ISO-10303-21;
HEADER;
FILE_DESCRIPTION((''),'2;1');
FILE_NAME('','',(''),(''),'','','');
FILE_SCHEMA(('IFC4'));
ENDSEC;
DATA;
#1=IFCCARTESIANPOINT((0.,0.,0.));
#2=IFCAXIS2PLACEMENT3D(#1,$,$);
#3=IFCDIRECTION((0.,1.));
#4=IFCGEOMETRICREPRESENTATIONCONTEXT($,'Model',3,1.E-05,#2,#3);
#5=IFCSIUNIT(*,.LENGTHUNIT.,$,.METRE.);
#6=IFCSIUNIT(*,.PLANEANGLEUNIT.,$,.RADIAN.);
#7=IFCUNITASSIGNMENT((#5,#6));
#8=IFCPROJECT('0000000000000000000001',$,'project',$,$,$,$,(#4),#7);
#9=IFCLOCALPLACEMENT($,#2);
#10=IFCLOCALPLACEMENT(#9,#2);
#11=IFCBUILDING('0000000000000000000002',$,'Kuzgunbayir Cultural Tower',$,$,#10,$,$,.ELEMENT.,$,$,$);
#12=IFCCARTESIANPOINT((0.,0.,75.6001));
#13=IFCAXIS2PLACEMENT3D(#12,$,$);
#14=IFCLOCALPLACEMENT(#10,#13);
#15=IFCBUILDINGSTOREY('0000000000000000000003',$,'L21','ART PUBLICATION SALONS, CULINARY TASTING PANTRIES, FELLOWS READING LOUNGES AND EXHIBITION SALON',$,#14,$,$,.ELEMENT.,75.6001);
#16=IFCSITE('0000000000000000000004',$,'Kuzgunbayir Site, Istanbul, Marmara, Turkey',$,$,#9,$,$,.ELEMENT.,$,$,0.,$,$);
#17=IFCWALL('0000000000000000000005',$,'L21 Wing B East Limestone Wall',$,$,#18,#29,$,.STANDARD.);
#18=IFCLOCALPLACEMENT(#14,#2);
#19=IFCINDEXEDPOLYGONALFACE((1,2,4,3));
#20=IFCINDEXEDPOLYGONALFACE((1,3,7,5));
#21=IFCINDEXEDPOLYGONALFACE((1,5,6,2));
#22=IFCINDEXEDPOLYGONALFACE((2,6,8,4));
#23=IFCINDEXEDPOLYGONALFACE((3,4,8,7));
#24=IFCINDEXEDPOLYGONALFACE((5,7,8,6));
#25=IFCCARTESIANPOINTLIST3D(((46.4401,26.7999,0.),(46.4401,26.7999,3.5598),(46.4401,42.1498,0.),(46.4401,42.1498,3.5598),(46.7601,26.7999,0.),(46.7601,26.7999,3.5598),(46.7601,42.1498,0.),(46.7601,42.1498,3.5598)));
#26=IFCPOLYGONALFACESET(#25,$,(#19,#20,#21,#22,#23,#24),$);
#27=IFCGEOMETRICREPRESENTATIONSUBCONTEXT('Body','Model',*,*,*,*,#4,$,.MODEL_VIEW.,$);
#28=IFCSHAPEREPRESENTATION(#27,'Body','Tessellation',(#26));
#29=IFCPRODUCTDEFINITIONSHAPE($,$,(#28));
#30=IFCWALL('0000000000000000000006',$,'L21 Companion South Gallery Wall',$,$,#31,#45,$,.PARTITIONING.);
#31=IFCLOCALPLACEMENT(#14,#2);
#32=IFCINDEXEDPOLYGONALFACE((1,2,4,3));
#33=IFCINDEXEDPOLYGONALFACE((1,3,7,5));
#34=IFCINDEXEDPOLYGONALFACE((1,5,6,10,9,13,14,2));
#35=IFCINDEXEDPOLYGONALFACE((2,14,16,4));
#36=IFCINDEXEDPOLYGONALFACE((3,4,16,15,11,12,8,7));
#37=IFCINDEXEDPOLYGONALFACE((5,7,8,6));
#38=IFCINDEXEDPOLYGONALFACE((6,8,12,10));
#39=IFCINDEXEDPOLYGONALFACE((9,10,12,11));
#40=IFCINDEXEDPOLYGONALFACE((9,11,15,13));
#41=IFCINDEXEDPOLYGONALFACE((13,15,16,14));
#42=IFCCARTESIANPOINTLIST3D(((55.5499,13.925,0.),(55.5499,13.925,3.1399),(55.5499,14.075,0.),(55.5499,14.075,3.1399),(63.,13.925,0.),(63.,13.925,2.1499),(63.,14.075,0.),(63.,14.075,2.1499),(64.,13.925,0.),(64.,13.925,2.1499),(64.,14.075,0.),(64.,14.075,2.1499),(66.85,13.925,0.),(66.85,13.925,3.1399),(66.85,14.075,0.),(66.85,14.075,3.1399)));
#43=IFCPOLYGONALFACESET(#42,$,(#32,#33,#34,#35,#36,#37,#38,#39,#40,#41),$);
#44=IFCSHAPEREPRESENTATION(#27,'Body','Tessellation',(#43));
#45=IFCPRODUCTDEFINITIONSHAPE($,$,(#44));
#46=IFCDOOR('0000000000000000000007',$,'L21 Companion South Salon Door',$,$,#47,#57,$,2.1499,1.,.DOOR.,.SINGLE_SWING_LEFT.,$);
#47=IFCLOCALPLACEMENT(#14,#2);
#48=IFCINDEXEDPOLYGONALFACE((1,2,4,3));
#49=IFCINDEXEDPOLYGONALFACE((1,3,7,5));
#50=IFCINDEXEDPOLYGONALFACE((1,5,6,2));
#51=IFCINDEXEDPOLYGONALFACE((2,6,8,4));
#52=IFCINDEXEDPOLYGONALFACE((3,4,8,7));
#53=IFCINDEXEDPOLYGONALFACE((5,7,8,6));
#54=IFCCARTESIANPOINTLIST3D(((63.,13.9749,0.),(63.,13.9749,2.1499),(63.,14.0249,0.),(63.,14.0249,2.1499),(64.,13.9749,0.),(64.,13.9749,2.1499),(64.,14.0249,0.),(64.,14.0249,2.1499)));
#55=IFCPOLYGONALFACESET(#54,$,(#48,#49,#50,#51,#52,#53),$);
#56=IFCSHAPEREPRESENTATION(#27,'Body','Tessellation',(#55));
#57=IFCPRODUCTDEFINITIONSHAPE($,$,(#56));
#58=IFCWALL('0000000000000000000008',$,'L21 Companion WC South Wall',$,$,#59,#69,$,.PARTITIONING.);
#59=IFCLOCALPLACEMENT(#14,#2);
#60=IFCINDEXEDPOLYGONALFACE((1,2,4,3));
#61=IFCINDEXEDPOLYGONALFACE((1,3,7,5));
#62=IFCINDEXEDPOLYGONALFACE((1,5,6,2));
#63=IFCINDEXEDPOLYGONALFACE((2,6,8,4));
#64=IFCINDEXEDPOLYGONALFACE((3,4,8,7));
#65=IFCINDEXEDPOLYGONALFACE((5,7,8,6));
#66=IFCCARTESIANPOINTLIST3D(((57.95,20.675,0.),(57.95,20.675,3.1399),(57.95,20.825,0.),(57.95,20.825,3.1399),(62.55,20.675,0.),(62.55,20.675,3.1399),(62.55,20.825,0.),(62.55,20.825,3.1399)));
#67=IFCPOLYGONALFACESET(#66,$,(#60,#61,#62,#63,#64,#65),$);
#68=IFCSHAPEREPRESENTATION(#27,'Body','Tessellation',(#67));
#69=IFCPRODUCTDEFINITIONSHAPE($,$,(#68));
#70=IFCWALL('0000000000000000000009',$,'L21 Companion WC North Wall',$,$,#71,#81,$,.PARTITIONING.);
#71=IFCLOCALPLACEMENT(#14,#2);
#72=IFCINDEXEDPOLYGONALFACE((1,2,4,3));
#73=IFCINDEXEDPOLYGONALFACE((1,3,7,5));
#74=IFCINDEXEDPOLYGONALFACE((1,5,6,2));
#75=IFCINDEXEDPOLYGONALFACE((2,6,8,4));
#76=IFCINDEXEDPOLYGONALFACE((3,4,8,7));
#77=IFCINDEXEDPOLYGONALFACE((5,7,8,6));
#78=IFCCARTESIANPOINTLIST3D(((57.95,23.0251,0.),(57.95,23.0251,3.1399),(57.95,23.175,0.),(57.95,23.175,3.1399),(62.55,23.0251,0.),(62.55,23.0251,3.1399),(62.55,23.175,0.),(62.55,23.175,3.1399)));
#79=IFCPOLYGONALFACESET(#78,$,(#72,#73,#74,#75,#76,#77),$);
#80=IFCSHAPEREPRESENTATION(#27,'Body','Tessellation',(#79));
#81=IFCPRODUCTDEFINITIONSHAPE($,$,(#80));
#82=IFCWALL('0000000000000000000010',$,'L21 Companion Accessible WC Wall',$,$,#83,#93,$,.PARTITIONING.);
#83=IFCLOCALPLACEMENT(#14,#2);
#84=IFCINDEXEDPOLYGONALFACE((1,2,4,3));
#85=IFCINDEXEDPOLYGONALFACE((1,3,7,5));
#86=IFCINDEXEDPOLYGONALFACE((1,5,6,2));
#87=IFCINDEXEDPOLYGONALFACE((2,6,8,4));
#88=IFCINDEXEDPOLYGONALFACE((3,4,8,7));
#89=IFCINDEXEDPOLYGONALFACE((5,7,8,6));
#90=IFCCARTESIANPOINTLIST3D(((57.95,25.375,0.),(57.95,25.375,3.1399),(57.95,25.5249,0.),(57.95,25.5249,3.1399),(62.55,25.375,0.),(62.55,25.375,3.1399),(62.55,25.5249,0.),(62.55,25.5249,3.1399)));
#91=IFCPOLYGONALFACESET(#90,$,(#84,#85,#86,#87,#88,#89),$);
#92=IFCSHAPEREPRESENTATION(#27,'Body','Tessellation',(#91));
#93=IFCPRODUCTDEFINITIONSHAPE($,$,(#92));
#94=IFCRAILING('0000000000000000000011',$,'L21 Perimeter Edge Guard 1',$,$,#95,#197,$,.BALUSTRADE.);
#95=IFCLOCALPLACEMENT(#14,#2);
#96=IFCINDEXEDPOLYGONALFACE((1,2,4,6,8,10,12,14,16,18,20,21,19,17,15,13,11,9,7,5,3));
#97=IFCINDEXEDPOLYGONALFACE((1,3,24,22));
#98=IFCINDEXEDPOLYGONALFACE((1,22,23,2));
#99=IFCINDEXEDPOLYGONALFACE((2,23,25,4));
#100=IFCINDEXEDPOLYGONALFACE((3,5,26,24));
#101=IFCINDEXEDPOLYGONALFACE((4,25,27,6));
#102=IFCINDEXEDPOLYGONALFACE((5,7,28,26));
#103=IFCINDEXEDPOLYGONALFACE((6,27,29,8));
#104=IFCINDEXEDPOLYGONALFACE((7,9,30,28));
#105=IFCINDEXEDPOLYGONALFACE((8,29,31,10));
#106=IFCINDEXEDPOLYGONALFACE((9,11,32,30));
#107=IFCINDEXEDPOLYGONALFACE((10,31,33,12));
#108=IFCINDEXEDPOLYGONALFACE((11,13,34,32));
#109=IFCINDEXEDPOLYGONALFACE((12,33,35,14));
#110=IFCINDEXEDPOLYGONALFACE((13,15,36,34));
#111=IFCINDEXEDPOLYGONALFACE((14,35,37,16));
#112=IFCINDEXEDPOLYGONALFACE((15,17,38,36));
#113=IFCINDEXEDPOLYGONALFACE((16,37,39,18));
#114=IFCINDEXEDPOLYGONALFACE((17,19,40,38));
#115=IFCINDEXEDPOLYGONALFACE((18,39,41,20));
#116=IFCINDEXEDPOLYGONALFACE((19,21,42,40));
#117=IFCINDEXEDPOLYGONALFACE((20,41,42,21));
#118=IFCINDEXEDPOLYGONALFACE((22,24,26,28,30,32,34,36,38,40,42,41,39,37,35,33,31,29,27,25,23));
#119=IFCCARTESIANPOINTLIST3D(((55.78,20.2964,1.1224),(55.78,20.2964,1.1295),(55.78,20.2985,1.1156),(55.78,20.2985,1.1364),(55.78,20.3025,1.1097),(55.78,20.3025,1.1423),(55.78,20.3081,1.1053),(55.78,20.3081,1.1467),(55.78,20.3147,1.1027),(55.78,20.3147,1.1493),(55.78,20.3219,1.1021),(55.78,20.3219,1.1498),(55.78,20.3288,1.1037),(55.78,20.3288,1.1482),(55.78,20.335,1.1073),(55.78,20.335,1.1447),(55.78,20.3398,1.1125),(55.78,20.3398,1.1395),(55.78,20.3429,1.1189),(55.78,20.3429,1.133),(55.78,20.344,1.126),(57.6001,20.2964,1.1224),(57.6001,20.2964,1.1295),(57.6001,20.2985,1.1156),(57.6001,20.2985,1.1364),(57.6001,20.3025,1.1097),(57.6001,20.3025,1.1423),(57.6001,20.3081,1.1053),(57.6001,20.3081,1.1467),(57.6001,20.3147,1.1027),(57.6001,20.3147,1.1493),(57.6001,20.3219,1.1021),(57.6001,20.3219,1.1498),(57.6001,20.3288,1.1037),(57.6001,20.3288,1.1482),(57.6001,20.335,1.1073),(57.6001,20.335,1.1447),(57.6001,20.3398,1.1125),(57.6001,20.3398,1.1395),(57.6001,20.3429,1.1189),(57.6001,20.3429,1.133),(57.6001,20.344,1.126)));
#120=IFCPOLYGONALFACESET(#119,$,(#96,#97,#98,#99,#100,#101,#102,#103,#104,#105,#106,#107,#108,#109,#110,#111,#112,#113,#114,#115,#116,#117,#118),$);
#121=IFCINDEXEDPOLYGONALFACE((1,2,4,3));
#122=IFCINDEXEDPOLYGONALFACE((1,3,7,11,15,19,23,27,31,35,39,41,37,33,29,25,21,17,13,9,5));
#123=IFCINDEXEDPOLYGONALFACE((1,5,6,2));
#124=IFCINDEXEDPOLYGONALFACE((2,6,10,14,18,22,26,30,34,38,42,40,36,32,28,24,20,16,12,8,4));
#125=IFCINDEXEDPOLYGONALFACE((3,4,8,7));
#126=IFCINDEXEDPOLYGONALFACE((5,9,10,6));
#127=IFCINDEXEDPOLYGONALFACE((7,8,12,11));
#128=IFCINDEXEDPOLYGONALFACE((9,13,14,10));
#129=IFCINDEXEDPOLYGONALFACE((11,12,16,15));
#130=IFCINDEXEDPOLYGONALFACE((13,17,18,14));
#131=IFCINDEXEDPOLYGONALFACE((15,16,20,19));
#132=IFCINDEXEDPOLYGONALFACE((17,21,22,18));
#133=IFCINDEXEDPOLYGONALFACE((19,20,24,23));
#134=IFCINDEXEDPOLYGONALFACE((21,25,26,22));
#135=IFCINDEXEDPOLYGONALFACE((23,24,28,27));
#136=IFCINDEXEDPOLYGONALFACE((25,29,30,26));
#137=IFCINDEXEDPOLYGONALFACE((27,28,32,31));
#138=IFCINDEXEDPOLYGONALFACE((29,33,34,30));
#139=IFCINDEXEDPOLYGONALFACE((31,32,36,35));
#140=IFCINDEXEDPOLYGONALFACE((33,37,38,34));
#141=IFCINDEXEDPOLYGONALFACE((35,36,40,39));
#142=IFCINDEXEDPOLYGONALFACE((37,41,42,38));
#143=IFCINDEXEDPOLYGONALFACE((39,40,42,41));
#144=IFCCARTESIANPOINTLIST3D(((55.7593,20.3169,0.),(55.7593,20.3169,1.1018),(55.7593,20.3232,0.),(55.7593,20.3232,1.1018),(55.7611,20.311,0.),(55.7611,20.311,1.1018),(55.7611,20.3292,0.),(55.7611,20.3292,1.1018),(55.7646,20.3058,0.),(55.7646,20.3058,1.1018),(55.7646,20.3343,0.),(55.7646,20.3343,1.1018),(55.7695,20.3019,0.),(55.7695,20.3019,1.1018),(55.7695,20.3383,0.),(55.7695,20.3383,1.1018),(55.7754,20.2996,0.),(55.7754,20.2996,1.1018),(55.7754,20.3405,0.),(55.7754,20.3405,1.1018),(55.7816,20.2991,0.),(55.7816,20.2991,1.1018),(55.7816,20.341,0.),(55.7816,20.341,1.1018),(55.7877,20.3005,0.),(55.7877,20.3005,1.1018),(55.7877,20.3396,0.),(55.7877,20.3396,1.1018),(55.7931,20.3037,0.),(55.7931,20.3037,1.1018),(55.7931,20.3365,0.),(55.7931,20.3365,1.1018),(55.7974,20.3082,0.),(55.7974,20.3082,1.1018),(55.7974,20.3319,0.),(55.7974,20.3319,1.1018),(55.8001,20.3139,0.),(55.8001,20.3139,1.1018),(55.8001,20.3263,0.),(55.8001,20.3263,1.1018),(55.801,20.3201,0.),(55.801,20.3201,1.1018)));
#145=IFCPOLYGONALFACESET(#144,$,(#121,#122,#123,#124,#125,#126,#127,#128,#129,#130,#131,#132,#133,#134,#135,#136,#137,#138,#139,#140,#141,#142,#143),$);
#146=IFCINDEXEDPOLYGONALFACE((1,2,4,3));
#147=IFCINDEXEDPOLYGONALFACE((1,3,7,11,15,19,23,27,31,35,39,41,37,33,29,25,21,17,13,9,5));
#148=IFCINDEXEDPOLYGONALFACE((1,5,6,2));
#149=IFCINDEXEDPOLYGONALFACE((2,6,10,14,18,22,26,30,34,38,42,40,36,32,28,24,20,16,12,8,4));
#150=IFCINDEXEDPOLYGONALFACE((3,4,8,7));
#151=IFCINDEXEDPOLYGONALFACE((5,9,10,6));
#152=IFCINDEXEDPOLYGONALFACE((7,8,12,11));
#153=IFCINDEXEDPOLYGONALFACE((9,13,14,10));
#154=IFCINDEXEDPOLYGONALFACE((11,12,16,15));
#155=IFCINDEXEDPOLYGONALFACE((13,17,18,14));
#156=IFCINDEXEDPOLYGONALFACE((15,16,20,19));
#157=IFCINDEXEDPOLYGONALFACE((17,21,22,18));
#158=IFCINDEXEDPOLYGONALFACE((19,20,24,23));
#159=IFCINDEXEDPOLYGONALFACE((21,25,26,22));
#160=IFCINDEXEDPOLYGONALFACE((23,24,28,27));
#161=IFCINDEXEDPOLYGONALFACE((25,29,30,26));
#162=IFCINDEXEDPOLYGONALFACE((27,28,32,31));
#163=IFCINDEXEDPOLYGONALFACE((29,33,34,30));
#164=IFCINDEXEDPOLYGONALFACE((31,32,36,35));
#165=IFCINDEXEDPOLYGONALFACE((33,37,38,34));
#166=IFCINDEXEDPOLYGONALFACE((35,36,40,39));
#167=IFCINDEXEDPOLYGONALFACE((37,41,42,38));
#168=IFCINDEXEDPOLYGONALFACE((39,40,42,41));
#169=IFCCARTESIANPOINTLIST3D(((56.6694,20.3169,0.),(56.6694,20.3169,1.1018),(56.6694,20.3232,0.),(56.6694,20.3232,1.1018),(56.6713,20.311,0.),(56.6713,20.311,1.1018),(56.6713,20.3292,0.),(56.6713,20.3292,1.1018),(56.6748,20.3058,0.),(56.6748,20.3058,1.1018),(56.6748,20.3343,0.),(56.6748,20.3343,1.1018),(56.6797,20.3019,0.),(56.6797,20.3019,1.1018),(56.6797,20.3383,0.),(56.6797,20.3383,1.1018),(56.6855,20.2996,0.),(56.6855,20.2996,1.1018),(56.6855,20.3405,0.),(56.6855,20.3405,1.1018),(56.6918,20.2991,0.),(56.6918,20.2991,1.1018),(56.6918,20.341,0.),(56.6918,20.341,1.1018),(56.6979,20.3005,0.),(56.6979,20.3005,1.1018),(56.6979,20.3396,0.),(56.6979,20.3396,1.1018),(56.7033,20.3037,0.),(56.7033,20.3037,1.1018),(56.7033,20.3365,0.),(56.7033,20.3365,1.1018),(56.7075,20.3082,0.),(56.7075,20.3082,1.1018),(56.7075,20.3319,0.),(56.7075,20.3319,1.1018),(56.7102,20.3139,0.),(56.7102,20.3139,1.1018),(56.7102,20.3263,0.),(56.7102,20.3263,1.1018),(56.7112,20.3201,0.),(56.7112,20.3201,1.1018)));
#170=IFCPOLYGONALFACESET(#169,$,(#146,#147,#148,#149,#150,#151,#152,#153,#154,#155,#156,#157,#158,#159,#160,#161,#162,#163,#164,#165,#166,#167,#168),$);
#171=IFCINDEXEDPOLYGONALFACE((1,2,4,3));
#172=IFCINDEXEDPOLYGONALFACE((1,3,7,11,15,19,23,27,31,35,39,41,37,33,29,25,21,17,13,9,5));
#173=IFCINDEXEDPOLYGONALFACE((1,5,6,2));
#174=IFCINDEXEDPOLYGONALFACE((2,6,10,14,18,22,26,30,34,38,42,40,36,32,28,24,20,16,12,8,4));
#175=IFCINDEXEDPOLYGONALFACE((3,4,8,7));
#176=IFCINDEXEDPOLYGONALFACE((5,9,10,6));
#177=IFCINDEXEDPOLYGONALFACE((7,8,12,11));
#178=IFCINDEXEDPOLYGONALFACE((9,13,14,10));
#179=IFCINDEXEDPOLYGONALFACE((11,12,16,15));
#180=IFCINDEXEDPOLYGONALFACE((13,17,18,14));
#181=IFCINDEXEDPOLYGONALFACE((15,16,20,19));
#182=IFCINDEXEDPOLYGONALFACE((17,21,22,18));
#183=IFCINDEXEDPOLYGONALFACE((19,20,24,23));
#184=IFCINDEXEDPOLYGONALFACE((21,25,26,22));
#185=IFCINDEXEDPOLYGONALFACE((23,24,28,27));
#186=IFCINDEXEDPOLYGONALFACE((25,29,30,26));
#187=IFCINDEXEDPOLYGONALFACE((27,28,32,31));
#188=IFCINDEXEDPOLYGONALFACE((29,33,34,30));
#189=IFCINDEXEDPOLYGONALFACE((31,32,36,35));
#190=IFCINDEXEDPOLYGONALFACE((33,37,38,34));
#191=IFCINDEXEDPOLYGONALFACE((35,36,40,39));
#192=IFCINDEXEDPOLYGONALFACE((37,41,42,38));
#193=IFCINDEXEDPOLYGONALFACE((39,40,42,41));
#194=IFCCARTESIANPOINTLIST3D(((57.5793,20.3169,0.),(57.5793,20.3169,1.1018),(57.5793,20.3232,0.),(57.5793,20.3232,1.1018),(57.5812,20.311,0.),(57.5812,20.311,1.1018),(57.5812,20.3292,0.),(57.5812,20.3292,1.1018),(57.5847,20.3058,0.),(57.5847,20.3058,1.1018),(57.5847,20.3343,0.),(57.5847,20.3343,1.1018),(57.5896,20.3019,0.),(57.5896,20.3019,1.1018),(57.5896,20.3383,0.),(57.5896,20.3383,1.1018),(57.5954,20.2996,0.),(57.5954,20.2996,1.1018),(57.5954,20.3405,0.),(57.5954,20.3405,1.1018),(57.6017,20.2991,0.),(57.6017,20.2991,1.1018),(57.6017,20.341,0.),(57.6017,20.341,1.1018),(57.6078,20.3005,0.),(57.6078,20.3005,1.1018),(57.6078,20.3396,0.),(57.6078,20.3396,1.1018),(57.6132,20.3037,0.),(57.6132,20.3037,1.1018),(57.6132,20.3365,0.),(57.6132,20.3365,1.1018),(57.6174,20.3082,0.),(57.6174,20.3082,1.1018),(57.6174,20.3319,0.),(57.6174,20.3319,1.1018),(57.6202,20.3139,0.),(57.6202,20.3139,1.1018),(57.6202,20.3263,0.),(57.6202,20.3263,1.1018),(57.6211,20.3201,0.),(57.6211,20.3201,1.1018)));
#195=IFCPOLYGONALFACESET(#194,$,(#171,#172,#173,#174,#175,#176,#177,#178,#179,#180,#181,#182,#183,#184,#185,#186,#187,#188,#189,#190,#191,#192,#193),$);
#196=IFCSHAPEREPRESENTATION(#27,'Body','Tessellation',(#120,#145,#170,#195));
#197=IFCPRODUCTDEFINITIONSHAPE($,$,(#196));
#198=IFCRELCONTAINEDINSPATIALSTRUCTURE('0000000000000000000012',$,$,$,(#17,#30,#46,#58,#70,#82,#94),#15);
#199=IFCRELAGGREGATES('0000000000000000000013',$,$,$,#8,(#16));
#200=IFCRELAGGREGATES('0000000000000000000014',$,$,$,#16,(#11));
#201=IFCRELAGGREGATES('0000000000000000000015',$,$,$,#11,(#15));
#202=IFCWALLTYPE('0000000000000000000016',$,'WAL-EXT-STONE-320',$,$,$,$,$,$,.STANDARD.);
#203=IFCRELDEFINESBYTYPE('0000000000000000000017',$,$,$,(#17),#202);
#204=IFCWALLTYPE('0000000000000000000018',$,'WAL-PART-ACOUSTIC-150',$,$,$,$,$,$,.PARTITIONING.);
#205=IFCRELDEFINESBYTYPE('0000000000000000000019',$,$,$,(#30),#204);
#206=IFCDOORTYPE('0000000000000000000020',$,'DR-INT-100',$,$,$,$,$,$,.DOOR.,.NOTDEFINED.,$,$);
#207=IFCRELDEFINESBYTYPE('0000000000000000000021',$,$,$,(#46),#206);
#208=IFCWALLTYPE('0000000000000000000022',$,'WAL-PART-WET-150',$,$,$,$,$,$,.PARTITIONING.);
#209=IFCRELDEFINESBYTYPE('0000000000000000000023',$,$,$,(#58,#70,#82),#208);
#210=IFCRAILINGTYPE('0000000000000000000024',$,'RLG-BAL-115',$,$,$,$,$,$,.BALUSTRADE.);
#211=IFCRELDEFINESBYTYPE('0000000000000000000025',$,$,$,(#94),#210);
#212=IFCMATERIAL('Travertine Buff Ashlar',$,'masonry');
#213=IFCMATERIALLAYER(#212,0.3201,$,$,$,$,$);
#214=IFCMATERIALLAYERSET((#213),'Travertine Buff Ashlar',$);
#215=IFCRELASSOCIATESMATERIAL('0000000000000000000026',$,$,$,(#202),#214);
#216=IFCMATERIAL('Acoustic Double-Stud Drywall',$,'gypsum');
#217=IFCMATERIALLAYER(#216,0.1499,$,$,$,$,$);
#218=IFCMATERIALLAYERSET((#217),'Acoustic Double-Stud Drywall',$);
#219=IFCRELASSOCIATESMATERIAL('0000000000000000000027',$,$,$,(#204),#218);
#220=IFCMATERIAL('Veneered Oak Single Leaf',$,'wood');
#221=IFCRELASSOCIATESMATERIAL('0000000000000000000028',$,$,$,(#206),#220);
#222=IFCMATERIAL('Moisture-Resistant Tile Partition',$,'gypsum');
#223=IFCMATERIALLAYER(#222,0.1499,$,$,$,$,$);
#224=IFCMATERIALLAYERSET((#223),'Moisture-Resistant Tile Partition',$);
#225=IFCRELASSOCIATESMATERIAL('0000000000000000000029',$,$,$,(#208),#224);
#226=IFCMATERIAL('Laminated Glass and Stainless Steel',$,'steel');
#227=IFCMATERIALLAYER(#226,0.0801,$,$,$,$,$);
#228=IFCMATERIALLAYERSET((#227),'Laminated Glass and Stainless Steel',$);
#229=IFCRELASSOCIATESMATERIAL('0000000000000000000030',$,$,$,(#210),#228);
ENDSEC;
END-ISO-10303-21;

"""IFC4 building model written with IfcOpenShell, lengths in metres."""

from ifc_helpers import new_model, si_unit, direction, frame, frame_2d, origin, origin_2d, place, context, subcontext, project, spatial, rectangle, circle, extrude, material, layer, layer_set, type_object, element, fill, save


model = new_model("IFC4")

# Units and contexts
model_context = context("Model", 3, precision=1e-05, world=origin(), true_north=direction((0.0, 1.0)))
body_context = subcontext(model_context, "Body", "Model", "MODEL_VIEW")
ifc_project = project(units=[si_unit("LENGTHUNIT", "METRE"), si_unit("PLANEANGLEUNIT", "RADIAN")], contexts=[model_context])

# Site, building, storey
site_placement = place(None, origin())
site = spatial("IfcSite", under=ifc_project, at=site_placement, Name="Kuzgunbayir Site, Istanbul, Marmara, Turkey", CompositionType="ELEMENT", RefElevation=0.0)
building_placement = place(site_placement, origin())
building = spatial("IfcBuilding", under=site, at=building_placement, Name="Kuzgunbayir Cultural Tower", CompositionType="ELEMENT")
storey_placement = place(building_placement, frame((0.0, 0.0, 75.6001)))
storey = spatial("IfcBuildingStorey", under=building, at=storey_placement, Name="L21", Description="ART PUBLICATION SALONS, CULINARY TASTING PANTRIES, FELLOWS READING LOUNGES AND EXHIBITION SALON", CompositionType="ELEMENT", Elevation=75.6001)

# Wall
ifc_material_1 = material(Name="Travertine Buff Ashlar", Category="masonry")
ifc_layer_1 = layer(ifc_material_1, 0.3201)
ifc_layer_set_1 = layer_set([ifc_layer_1], Name="Travertine Buff Ashlar")
wall_type_1 = type_object("IfcWallType", Name="WAL-EXT-STONE-320", PredefinedType="STANDARD", material=ifc_layer_set_1)
wall_1_placement = place(storey_placement, frame((46.6001, 26.8, 0.0), z_axis=(0.0, 0.0, 1.0), x_axis=(0.0, 1.0, 0.0)))
element("IfcWall", 1, at=wall_1_placement, inside=storey, type_object=wall_type_1, Name="L21 Wing B East Limestone Wall", PredefinedType="STANDARD", context=body_context, shape_type="SweptSolid", body=[
    extrude(rectangle(XDim=15.3499, YDim=0.3201, at=frame_2d((7.6748, 0.0))), origin(), (0.0, 0.0, 1.0), 3.5598),
])

# Wall, opening, door
ifc_material_2 = material(Name="Acoustic Double-Stud Drywall", Category="gypsum")
ifc_layer_2 = layer(ifc_material_2, 0.1499)
ifc_layer_set_2 = layer_set([ifc_layer_2], Name="Acoustic Double-Stud Drywall")
wall_type_2 = type_object("IfcWallType", Name="WAL-PART-ACOUSTIC-150", PredefinedType="PARTITIONING", material=ifc_layer_set_2)
wall_2_placement = place(storey_placement, frame((55.55, 14.0, 0.0), z_axis=(0.0, 0.0, 1.0), x_axis=(1.0, 0.0, 0.0)))
wall_2 = element("IfcWall", 2, at=wall_2_placement, inside=storey, type_object=wall_type_2, Name="L21 Companion South Gallery Wall", PredefinedType="PARTITIONING", context=body_context, shape_type="SweptSolid", body=[
    extrude(rectangle(XDim=11.3, YDim=0.1499, at=frame_2d((5.6499, 0.0))), origin(), (0.0, 0.0, 1.0), 3.1399),
])
opening_1_placement = place(wall_2_placement, frame((7.45, 0.0, 0.0)))
opening_1 = element("IfcOpeningElement", 3, at=opening_1_placement, cuts=wall_2, PredefinedType="OPENING", context=body_context, shape_type="SweptSolid", body=[
    extrude(rectangle(XDim=1.0, YDim=2.1499, at=frame_2d((0.5, 1.075))), frame((0.0, 0.085, 0.0), z_axis=(0.0, -1.0, 0.0), x_axis=(1.0, 0.0, 0.0)), (0.0, 0.0, 1.0), 0.1699),
])
ifc_material_3 = material(Name="Veneered Oak Single Leaf", Category="wood")
door_type = type_object("IfcDoorType", Name="DR-INT-100", OperationType="NOTDEFINED", PredefinedType="DOOR", material=ifc_material_3)
door_placement = place(opening_1_placement, origin())
door = element("IfcDoor", 4, at=door_placement, inside=storey, type_object=door_type, Name="L21 Companion South Salon Door", OperationType="SINGLE_SWING_LEFT", OverallHeight=2.1499, OverallWidth=1.0, PredefinedType="DOOR", context=body_context, shape_type="SweptSolid", body=[
    extrude(rectangle(XDim=1.0, YDim=2.1499, at=frame_2d((0.5, 1.075))), frame((0.0, 0.0249, 0.0), z_axis=(0.0, -1.0, 0.0), x_axis=(1.0, 0.0, 0.0)), (0.0, 0.0, 1.0), 0.05),
])
fill(opening_1, door)

# Walls
ifc_material_4 = material(Name="Moisture-Resistant Tile Partition", Category="gypsum")
ifc_layer_3 = layer(ifc_material_4, 0.1499)
ifc_layer_set_3 = layer_set([ifc_layer_3], Name="Moisture-Resistant Tile Partition")
wall_type_3 = type_object("IfcWallType", Name="WAL-PART-WET-150", PredefinedType="PARTITIONING", material=ifc_layer_set_3)
for number, where, z_axis, x_axis, name in (
    (5, (57.95, 20.75, 0.0), (0.0, 0.0, 1.0), (1.0, 0.0, 0.0), "L21 Companion WC South Wall"),
    (6, (57.95, 23.1001, 0.0), (0.0, 0.0, 1.0), (1.0, 0.0, 0.0), "L21 Companion WC North Wall"),
    (7, (57.95, 25.45, 0.0), (0.0, 0.0, 1.0), (1.0, 0.0, 0.0), "L21 Companion Accessible WC Wall"),
):
    element("IfcWall", number, at=place(storey_placement, frame(where, z_axis=z_axis, x_axis=x_axis)), inside=storey, type_object=wall_type_3, Name=name, PredefinedType="PARTITIONING", context=body_context, shape_type="SweptSolid", body=[
        extrude(rectangle(XDim=4.6001, YDim=0.1499, at=frame_2d((2.3, 0.0))), origin(), (0.0, 0.0, 1.0), 3.1399),
    ])

# Railing
ifc_material_5 = material(Name="Laminated Glass and Stainless Steel", Category="steel")
ifc_layer_4 = layer(ifc_material_5, 0.0801)
ifc_layer_set_4 = layer_set([ifc_layer_4], Name="Laminated Glass and Stainless Steel")
railing_type = type_object("IfcRailingType", Name="RLG-BAL-115", PredefinedType="BALUSTRADE", material=ifc_layer_set_4)
railing_placement = place(storey_placement, frame((55.78, 20.3201, 0.0)))
element("IfcRailing", 8, at=railing_placement, inside=storey, type_object=railing_type, Name="L21 Perimeter Edge Guard 1", PredefinedType="BALUSTRADE", context=body_context, shape_type="SweptSolid", body=[
    extrude(circle(Radius=0.0239, at=origin_2d()), frame((0.0, 0.0, 1.126), z_axis=(1.0, 0.0, 0.0), x_axis=(0.0, 1.0, 0.0)), (0.0, 0.0, 1.0), 1.8201),
    extrude(circle(Radius=0.021, at=origin_2d()), origin(), (0.0, 0.0, 1.0), 1.1018),
    extrude(circle(Radius=0.021, at=origin_2d()), frame((0.9102, 0.0, 0.0)), (0.0, 0.0, 1.0), 1.1018),
    extrude(circle(Radius=0.021, at=origin_2d()), frame((1.8201, 0.0, 0.0)), (0.0, 0.0, 1.0), 1.1018),
])

save(model, "model.ifc")
